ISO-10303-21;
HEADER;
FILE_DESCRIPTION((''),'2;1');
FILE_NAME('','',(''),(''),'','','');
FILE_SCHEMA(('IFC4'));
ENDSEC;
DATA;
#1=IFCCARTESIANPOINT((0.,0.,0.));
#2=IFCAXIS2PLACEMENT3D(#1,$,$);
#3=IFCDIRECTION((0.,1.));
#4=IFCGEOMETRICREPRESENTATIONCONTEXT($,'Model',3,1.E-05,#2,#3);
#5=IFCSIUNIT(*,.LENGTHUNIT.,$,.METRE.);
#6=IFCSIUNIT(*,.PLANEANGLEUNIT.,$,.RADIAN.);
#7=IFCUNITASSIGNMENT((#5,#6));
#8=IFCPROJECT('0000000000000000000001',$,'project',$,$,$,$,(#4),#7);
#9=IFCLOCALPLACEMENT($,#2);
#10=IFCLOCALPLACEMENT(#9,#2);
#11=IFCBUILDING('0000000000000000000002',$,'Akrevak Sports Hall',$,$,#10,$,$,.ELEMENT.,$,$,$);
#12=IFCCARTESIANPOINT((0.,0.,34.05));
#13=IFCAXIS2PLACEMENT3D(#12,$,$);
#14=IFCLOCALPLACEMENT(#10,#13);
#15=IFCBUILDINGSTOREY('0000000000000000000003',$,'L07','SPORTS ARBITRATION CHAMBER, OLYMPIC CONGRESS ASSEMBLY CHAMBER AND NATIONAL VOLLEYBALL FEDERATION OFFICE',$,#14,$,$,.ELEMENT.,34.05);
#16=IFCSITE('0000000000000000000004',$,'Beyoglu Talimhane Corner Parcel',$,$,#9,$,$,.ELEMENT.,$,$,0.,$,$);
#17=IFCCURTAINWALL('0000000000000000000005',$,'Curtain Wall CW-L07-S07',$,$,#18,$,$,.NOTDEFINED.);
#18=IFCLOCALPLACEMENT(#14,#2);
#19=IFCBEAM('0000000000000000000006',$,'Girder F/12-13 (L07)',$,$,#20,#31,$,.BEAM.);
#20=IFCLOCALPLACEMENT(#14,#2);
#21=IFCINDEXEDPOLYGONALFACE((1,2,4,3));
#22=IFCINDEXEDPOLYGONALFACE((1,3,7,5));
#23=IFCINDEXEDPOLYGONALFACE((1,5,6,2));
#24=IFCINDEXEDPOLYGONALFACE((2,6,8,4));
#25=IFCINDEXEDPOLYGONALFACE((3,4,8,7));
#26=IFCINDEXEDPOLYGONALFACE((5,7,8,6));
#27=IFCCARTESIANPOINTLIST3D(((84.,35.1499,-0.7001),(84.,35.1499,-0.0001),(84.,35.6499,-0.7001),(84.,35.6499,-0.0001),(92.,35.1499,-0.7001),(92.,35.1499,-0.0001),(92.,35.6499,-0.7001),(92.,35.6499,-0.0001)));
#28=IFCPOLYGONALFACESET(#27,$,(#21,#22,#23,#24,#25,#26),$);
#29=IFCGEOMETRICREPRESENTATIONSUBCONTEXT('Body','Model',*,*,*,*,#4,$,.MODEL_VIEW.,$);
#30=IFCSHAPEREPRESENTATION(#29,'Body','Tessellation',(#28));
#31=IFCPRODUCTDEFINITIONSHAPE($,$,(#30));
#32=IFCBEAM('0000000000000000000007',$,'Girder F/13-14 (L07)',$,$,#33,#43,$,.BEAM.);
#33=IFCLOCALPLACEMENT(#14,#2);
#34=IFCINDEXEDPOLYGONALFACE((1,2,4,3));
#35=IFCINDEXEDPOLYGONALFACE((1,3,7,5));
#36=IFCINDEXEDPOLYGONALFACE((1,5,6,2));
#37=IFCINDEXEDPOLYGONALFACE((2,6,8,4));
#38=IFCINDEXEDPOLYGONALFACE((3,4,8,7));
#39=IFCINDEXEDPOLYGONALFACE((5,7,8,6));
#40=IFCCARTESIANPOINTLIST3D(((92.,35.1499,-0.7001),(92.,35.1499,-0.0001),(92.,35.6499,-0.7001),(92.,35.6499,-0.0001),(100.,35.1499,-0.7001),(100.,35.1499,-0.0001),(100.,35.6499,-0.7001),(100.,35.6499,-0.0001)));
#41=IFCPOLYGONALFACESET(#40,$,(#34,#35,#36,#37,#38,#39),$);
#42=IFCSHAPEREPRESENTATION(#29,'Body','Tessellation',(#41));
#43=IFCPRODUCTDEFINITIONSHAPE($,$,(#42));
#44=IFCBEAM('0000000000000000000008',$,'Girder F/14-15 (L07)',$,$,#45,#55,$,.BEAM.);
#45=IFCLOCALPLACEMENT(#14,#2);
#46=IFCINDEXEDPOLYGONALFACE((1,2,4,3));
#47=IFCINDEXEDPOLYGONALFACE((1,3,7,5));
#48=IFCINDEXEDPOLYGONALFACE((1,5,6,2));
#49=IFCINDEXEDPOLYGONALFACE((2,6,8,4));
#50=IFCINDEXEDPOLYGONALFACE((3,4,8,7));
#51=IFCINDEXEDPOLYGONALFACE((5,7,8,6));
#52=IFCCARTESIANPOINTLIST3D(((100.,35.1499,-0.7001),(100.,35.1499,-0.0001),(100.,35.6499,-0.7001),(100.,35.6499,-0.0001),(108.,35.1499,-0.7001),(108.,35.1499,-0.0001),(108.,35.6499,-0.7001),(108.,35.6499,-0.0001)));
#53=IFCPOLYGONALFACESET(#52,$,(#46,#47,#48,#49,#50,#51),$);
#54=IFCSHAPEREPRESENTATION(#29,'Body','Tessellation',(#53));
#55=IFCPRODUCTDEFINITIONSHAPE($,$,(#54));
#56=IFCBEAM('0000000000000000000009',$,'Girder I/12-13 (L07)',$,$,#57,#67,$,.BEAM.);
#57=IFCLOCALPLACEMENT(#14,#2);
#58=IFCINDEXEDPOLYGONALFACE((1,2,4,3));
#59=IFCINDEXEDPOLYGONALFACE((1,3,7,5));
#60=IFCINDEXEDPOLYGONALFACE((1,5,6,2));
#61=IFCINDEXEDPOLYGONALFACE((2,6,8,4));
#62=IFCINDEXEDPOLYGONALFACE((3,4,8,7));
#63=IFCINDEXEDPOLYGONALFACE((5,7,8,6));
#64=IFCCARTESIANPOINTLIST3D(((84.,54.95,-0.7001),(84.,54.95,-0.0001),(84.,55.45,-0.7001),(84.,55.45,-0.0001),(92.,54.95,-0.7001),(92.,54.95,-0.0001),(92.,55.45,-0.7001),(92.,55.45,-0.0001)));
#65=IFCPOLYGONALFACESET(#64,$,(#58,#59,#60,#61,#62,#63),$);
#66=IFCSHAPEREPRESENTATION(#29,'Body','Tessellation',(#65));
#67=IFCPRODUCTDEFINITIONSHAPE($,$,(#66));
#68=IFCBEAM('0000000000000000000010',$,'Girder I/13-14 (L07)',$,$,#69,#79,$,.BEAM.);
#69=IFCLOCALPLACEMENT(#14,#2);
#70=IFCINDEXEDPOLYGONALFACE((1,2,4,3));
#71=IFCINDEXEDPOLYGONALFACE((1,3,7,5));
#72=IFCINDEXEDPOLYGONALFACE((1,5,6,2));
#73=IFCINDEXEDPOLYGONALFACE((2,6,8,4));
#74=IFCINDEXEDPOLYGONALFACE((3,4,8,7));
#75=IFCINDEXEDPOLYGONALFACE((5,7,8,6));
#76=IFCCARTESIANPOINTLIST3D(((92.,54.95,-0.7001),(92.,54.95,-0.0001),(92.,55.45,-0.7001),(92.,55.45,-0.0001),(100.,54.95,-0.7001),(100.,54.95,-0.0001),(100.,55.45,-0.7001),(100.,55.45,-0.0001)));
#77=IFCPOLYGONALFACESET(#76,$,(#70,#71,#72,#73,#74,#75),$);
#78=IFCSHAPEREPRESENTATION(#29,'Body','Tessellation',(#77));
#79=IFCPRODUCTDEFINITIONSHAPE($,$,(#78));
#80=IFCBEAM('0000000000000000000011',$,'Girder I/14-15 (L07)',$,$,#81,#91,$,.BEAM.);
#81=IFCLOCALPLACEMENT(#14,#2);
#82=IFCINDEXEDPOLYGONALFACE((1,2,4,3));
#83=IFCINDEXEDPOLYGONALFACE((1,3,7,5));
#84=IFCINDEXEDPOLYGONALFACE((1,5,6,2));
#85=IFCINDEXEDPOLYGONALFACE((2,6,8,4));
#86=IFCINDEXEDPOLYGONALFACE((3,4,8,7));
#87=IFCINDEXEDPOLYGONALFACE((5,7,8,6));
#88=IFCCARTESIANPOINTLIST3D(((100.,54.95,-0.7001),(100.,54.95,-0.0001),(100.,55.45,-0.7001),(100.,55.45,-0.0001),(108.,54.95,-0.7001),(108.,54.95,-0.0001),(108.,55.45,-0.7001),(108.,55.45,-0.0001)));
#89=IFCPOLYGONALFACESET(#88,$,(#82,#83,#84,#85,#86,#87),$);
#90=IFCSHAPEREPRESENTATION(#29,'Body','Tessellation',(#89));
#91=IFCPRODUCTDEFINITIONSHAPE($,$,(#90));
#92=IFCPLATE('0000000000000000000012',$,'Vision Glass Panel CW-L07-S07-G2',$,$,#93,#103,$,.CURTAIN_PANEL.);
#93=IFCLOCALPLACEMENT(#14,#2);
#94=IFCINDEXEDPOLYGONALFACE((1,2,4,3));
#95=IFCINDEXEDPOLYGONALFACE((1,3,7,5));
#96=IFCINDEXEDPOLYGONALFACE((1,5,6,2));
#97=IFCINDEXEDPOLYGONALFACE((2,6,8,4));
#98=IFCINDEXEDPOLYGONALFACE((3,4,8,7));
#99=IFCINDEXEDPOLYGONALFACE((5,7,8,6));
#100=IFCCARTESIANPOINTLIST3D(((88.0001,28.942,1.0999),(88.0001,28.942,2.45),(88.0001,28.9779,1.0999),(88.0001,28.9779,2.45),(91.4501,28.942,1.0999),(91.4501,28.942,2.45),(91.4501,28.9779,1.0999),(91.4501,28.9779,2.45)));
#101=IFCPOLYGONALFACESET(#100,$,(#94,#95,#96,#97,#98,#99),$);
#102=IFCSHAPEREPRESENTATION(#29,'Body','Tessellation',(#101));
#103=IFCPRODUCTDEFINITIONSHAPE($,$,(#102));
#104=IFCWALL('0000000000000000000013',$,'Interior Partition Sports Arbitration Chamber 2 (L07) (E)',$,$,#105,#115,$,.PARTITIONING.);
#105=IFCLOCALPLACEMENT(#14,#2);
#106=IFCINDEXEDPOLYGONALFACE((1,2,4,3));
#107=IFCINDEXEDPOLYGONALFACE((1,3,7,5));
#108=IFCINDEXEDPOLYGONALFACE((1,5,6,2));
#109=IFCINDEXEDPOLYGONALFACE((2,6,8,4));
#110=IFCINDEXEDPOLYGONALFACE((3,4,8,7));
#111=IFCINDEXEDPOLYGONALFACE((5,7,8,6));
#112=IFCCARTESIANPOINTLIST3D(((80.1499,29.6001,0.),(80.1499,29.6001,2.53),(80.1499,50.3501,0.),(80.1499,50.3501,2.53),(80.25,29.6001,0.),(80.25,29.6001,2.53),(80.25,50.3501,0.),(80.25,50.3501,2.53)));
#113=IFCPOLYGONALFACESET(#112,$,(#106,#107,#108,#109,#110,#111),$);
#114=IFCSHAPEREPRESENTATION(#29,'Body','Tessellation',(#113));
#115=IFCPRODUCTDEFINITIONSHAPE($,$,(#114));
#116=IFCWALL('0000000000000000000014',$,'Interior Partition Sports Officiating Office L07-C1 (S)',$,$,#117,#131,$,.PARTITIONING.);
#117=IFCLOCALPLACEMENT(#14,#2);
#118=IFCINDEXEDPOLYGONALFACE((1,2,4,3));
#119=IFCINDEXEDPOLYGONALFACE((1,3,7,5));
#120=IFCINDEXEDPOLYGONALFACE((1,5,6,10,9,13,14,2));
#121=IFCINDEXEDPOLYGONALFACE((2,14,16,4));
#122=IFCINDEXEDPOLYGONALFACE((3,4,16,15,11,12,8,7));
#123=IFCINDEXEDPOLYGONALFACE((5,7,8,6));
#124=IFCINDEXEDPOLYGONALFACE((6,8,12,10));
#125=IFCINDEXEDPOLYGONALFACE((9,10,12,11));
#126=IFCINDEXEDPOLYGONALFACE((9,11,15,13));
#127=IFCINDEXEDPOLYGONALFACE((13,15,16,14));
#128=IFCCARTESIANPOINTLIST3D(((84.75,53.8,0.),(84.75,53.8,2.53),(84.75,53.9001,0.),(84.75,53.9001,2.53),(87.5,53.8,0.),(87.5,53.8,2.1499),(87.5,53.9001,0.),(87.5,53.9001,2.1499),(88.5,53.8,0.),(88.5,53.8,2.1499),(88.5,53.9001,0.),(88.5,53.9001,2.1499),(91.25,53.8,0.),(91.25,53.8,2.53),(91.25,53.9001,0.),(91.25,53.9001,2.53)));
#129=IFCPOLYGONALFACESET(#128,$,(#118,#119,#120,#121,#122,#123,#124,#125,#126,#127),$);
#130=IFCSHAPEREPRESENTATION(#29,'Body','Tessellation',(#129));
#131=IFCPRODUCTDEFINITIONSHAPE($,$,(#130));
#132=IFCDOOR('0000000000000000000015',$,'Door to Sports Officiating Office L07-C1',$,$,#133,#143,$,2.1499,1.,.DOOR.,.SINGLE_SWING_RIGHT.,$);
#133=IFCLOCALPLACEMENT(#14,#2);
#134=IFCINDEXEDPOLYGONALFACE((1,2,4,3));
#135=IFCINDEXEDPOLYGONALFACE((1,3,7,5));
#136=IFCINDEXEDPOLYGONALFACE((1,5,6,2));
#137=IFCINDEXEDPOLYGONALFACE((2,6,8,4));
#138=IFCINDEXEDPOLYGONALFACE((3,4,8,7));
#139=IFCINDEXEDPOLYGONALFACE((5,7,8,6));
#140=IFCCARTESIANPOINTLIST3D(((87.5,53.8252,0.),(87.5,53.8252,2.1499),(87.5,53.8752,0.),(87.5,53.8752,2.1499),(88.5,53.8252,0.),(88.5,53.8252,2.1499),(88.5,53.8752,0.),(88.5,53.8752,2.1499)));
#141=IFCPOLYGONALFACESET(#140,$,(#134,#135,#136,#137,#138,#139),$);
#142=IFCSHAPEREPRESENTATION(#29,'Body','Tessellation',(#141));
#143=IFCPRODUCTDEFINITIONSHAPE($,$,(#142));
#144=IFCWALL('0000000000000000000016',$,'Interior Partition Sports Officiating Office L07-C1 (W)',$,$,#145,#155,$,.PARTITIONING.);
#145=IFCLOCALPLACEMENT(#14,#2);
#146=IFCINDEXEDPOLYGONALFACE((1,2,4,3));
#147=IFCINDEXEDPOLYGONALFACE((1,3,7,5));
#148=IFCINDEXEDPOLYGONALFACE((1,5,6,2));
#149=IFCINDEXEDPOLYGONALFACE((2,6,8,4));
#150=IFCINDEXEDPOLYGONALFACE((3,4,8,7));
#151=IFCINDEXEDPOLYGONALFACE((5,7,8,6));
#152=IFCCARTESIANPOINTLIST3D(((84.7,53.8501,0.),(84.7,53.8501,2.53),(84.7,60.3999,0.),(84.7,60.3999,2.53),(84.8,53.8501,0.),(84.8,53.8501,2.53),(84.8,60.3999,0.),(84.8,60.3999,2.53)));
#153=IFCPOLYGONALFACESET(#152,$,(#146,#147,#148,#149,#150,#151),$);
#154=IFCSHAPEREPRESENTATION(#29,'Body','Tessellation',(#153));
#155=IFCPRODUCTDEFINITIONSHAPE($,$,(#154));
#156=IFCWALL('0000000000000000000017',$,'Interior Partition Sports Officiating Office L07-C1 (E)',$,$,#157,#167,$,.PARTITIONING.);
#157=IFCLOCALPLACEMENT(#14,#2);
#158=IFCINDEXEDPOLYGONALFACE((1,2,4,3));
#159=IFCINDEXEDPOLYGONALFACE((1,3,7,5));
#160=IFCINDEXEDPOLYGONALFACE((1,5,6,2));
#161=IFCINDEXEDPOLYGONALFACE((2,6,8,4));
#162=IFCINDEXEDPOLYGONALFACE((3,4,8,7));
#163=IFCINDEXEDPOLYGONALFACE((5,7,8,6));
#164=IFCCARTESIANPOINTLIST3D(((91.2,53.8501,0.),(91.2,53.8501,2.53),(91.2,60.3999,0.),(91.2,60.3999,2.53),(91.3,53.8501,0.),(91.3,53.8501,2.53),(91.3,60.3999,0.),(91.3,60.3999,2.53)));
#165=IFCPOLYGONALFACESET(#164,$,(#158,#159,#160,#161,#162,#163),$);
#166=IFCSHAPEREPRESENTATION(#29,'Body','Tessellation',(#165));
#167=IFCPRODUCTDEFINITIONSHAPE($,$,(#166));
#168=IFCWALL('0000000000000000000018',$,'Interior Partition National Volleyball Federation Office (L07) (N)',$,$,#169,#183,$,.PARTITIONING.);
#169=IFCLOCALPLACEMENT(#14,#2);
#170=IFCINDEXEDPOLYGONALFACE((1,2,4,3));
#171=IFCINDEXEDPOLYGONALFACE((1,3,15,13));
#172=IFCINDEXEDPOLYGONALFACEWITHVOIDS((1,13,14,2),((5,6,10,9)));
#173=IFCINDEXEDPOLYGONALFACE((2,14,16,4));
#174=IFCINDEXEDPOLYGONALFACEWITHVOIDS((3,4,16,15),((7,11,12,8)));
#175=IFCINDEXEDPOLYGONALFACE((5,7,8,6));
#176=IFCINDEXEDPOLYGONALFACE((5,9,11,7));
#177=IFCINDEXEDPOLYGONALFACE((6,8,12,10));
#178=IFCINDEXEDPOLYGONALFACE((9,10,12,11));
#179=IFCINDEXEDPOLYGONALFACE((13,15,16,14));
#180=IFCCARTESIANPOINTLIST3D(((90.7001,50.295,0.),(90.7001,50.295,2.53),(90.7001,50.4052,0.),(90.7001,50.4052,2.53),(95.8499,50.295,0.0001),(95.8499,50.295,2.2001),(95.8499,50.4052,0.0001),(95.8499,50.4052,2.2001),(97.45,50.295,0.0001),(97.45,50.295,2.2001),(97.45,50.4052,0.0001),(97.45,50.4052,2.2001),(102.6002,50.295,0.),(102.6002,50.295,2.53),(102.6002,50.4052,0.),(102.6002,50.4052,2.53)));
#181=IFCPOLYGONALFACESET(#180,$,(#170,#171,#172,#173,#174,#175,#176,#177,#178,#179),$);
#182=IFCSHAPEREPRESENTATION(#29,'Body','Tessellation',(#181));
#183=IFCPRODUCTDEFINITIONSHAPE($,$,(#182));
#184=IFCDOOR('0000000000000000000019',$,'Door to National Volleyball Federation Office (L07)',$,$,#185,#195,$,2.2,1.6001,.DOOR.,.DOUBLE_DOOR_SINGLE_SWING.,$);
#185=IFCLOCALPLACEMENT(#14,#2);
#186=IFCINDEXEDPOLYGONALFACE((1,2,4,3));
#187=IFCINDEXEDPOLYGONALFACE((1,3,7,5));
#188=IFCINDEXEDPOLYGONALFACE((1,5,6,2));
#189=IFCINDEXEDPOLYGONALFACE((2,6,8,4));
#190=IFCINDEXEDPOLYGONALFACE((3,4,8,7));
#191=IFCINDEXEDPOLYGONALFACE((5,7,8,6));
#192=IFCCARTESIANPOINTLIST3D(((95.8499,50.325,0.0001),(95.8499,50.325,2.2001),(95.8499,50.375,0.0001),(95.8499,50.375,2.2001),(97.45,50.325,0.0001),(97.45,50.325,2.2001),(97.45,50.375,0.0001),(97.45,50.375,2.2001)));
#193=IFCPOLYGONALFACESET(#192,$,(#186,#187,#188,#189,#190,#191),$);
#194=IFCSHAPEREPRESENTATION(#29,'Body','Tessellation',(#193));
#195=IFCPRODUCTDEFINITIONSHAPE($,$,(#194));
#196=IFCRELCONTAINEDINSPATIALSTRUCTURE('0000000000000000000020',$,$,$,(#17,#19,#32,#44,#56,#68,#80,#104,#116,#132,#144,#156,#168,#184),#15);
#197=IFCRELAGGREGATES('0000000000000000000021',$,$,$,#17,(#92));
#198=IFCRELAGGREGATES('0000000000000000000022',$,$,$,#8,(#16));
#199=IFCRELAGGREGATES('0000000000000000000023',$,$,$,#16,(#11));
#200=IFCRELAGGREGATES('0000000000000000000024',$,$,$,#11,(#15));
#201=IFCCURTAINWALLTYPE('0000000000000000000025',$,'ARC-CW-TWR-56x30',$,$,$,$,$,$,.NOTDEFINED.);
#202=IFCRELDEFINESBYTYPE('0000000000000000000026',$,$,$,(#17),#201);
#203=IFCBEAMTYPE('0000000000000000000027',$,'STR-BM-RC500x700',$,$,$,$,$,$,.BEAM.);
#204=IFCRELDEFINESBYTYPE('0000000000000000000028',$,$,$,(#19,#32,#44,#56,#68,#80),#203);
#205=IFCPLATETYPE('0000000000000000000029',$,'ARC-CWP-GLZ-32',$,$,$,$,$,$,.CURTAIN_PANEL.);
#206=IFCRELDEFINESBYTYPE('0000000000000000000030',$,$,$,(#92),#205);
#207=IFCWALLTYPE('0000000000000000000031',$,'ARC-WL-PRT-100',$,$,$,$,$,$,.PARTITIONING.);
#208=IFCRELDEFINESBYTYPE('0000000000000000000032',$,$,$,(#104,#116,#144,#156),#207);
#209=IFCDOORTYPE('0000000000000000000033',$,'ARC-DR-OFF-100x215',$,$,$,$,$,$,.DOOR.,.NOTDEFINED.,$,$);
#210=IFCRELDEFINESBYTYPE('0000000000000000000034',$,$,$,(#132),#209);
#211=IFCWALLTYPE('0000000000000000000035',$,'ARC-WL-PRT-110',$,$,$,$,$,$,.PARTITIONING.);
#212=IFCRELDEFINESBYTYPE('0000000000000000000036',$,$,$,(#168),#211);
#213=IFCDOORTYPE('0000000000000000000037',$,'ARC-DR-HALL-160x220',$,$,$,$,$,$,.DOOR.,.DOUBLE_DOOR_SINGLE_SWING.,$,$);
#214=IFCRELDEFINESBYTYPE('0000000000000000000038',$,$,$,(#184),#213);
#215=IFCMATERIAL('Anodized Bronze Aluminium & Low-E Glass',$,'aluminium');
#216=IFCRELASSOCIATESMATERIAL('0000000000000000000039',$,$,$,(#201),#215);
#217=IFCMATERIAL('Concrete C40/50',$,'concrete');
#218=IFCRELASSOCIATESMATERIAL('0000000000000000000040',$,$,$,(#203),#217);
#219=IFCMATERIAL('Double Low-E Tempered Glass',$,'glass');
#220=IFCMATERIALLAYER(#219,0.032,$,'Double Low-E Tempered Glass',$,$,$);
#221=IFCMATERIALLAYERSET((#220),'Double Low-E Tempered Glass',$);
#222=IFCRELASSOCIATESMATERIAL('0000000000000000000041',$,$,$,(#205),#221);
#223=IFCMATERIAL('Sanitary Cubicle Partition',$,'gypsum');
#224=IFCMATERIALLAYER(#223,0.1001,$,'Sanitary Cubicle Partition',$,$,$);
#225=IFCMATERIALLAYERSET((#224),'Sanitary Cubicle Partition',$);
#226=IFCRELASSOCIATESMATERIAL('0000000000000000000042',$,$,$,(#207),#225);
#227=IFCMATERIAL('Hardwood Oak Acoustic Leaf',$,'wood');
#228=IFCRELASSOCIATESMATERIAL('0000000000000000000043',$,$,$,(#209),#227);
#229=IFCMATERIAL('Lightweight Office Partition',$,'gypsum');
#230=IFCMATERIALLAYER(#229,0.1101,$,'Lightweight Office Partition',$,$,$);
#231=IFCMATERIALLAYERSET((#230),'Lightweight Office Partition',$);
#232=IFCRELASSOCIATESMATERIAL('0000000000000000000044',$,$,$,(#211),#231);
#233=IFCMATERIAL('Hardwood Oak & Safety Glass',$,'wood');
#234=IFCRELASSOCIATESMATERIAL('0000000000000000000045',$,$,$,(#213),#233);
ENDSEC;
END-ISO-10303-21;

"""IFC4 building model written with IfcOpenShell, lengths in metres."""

from ifc_helpers import new_model, si_unit, direction, frame, frame_2d, origin, origin_2d, place, context, subcontext, project, spatial, rectangle, extrude, material, layer, layer_set, material_profile, profile_set, type_object, element, fill, aggregate, save


model = new_model("IFC4")

# Units and contexts
model_context = context("Model", 3, precision=1e-05, world=origin(), true_north=direction((0.0, 1.0)))
body_context = subcontext(model_context, "Body", "Model", "MODEL_VIEW")
ifc_project = project(units=[si_unit("LENGTHUNIT", "METRE"), si_unit("PLANEANGLEUNIT", "RADIAN")], contexts=[model_context])

# Site, building, storey
site_placement = place(None, origin())
site = spatial("IfcSite", under=ifc_project, at=site_placement, Name="Beyoglu Talimhane Corner Parcel", CompositionType="ELEMENT", RefElevation=0.0)
building_placement = place(site_placement, origin())
building = spatial("IfcBuilding", under=site, at=building_placement, Name="Akrevak Sports Hall", CompositionType="ELEMENT")
storey_placement = place(building_placement, frame((0.0, 0.0, 34.05)))
storey = spatial("IfcBuildingStorey", under=building, at=storey_placement, Name="L07", Description="SPORTS ARBITRATION CHAMBER, OLYMPIC CONGRESS ASSEMBLY CHAMBER AND NATIONAL VOLLEYBALL FEDERATION OFFICE", CompositionType="ELEMENT", Elevation=34.05)

# Shared definitions
ifc_material_1 = material(Name="Concrete C40/50", Category="concrete")

# Curtain wall
ifc_material_2 = material(Name="Anodized Bronze Aluminium & Low-E Glass", Category="aluminium")
curtain_wall_type = type_object("IfcCurtainWallType", Name="ARC-CW-TWR-56x30", PredefinedType="NOTDEFINED", material=ifc_material_2)
curtain_wall_placement = place(storey_placement, origin())
curtain_wall = element("IfcCurtainWall", 1, at=curtain_wall_placement, inside=storey, type_object=curtain_wall_type, Name="Curtain Wall CW-L07-S07", PredefinedType="NOTDEFINED")

# Beams
ifc_material_profile_1 = material_profile(ifc_material_1, rectangle(XDim=0.5, YDim=0.7, at=origin_2d()), Name="BM 500x700", Category="concrete")
ifc_profile_set_1 = profile_set([ifc_material_profile_1], Name="Concrete C40/50")
beam_type_1 = type_object("IfcBeamType", Name="STR-BM-RC500x700", PredefinedType="BEAM", material=ifc_profile_set_1)
for number, where, z_axis, x_axis, name in (
    (2, (84.0, 35.3999, -0.3501), (1.0, 0.0, 0.0), (0.0, 1.0, 0.0), "Girder F/12-13 (L07)"),
    (3, (92.0, 35.3999, -0.3501), (1.0, 0.0, 0.0), (0.0, 1.0, 0.0), "Girder F/13-14 (L07)"),
    (4, (100.0, 35.3999, -0.3501), (1.0, 0.0, 0.0), (0.0, 1.0, 0.0), "Girder F/14-15 (L07)"),
    (5, (84.0, 55.2, -0.3501), (1.0, 0.0, 0.0), (0.0, 1.0, 0.0), "Girder I/12-13 (L07)"),
    (6, (92.0, 55.2, -0.3501), (1.0, 0.0, 0.0), (0.0, 1.0, 0.0), "Girder I/13-14 (L07)"),
    (7, (100.0, 55.2, -0.3501), (1.0, 0.0, 0.0), (0.0, 1.0, 0.0), "Girder I/14-15 (L07)"),
):
    element("IfcBeam", number, at=place(storey_placement, frame(where, z_axis=z_axis, x_axis=x_axis)), inside=storey, type_object=beam_type_1, Name=name, PredefinedType="BEAM", context=body_context, shape_type="SweptSolid", body=[
        extrude(rectangle(XDim=0.5, YDim=0.7, at=origin_2d()), origin(), (0.0, 0.0, 1.0), 8.0),
    ])

# Plate
ifc_material_3 = material(Name="Double Low-E Tempered Glass", Category="glass")
ifc_layer_1 = layer(ifc_material_3, 0.032, Name="Double Low-E Tempered Glass")
ifc_layer_set_1 = layer_set([ifc_layer_1], Name="Double Low-E Tempered Glass")
plate_type = type_object("IfcPlateType", Name="ARC-CWP-GLZ-32", PredefinedType="CURTAIN_PANEL", material=ifc_layer_set_1)
plate_placement = place(storey_placement, frame((89.7251, 28.96, 1.0999), z_axis=(0.0, 0.0, 1.0), x_axis=(1.0, 0.0, 0.0)))
plate = element("IfcPlate", 8, at=plate_placement, type_object=plate_type, Name="Vision Glass Panel CW-L07-S07-G2", PredefinedType="CURTAIN_PANEL", context=body_context, shape_type="SweptSolid", body=[
    extrude(rectangle(XDim=3.45, YDim=0.0359, at=origin_2d()), origin(), (0.0, 0.0, 1.0), 1.3501),
])
aggregate(curtain_wall, [plate])

# Wall
ifc_material_4 = material(Name="Sanitary Cubicle Partition", Category="gypsum")
ifc_layer_2 = layer(ifc_material_4, 0.1001, Name="Sanitary Cubicle Partition")
ifc_layer_set_2 = layer_set([ifc_layer_2], Name="Sanitary Cubicle Partition")
wall_type_1 = type_object("IfcWallType", Name="ARC-WL-PRT-100", PredefinedType="PARTITIONING", material=ifc_layer_set_2)
wall_1_placement = place(storey_placement, frame((80.2, 29.6001, 0.0), z_axis=(0.0, 0.0, 1.0), x_axis=(0.0, 1.0, 0.0)))
element("IfcWall", 9, at=wall_1_placement, inside=storey, type_object=wall_type_1, Name="Interior Partition Sports Arbitration Chamber 2 (L07) (E)", PredefinedType="PARTITIONING", context=body_context, shape_type="SweptSolid", body=[
    extrude(rectangle(XDim=20.75, YDim=0.1001, at=frame_2d((10.375, 0.0))), origin(), (0.0, 0.0, 1.0), 2.53),
])

# Wall, opening, door
wall_2_placement = place(storey_placement, frame((84.75, 53.8501, 0.0), z_axis=(0.0, 0.0, 1.0), x_axis=(1.0, 0.0, 0.0)))
wall_2 = element("IfcWall", 10, at=wall_2_placement, inside=storey, type_object=wall_type_1, Name="Interior Partition Sports Officiating Office L07-C1 (S)", PredefinedType="PARTITIONING", context=body_context, shape_type="SweptSolid", body=[
    extrude(rectangle(XDim=6.5, YDim=0.1001, at=frame_2d((3.25, 0.0))), origin(), (0.0, 0.0, 1.0), 2.53),
])
opening_1_placement = place(wall_2_placement, frame((2.75, 0.0, 0.0)))
opening_1 = element("IfcOpeningElement", 11, at=opening_1_placement, cuts=wall_2, PredefinedType="OPENING", context=body_context, shape_type="SweptSolid", body=[
    extrude(rectangle(XDim=1.0, YDim=2.1499, at=frame_2d((0.5, 1.075))), frame((0.0, 0.062, 0.0), z_axis=(0.0, -1.0, 0.0), x_axis=(1.0, 0.0, 0.0)), (0.0, 0.0, 1.0), 0.124),
])
ifc_material_5 = material(Name="Hardwood Oak Acoustic Leaf", Category="wood")
door_type_1 = type_object("IfcDoorType", Name="ARC-DR-OFF-100x215", OperationType="NOTDEFINED", PredefinedType="DOOR", material=ifc_material_5)
door_1_placement = place(opening_1_placement, frame((1.0, 0.0, 0.0), z_axis=(0.0, 0.0, 1.0), x_axis=(-1.0, 0.0, 0.0)))
door_1 = element("IfcDoor", 12, at=door_1_placement, inside=storey, type_object=door_type_1, Name="Door to Sports Officiating Office L07-C1", OperationType="SINGLE_SWING_RIGHT", OverallHeight=2.1499, OverallWidth=1.0, PredefinedType="DOOR", context=body_context, shape_type="SweptSolid", body=[
    extrude(rectangle(XDim=1.0, YDim=2.1499, at=frame_2d((0.5, 1.075))), frame((0.0, 0.0249, 0.0), z_axis=(0.0, -1.0, 0.0), x_axis=(1.0, 0.0, 0.0)), (0.0, 0.0, 1.0), 0.05),
])
fill(opening_1, door_1)

# Walls
for number, where, z_axis, x_axis, name in (
    (13, (84.75, 53.8501, 0.0), (0.0, 0.0, 1.0), (0.0, 1.0, 0.0), "Interior Partition Sports Officiating Office L07-C1 (W)"),
    (14, (91.25, 53.8501, 0.0), (0.0, 0.0, 1.0), (0.0, 1.0, 0.0), "Interior Partition Sports Officiating Office L07-C1 (E)"),
):
    element("IfcWall", number, at=place(storey_placement, frame(where, z_axis=z_axis, x_axis=x_axis)), inside=storey, type_object=wall_type_1, Name=name, PredefinedType="PARTITIONING", context=body_context, shape_type="SweptSolid", body=[
        extrude(rectangle(XDim=6.5498, YDim=0.1001, at=frame_2d((3.2749, 0.0))), origin(), (0.0, 0.0, 1.0), 2.53),
    ])

# Wall, opening, door
ifc_material_6 = material(Name="Lightweight Office Partition", Category="gypsum")
ifc_layer_3 = layer(ifc_material_6, 0.1101, Name="Lightweight Office Partition")
ifc_layer_set_3 = layer_set([ifc_layer_3], Name="Lightweight Office Partition")
wall_type_2 = type_object("IfcWallType", Name="ARC-WL-PRT-110", PredefinedType="PARTITIONING", material=ifc_layer_set_3)
wall_3_placement = place(storey_placement, frame((90.7, 50.3501, 0.0), z_axis=(0.0, 0.0, 1.0), x_axis=(1.0, 0.0, 0.0)))
wall_3 = element("IfcWall", 15, at=wall_3_placement, inside=storey, type_object=wall_type_2, Name="Interior Partition National Volleyball Federation Office (L07) (N)", PredefinedType="PARTITIONING", context=body_context, shape_type="SweptSolid", body=[
    extrude(rectangle(XDim=11.9001, YDim=0.1101, at=frame_2d((5.9502, 0.0))), origin(), (0.0, 0.0, 1.0), 2.53),
])
opening_2_placement = place(wall_3_placement, frame((5.1499, 0.0, 0.0)))
opening_2 = element("IfcOpeningElement", 16, at=opening_2_placement, cuts=wall_3, PredefinedType="OPENING", context=body_context, shape_type="SweptSolid", body=[
    extrude(rectangle(XDim=1.6001, YDim=2.2, at=frame_2d((0.8, 1.1001))), frame((0.0, 0.0669, 0.0), z_axis=(0.0, -1.0, 0.0), x_axis=(1.0, 0.0, 0.0)), (0.0, 0.0, 1.0), 0.134),
])
ifc_material_7 = material(Name="Hardwood Oak & Safety Glass", Category="wood")
door_type_2 = type_object("IfcDoorType", Name="ARC-DR-HALL-160x220", OperationType="DOUBLE_DOOR_SINGLE_SWING", PredefinedType="DOOR", material=ifc_material_7)
door_2_placement = place(opening_2_placement, origin())
door_2 = element("IfcDoor", 17, at=door_2_placement, inside=storey, type_object=door_type_2, Name="Door to National Volleyball Federation Office (L07)", OperationType="DOUBLE_DOOR_SINGLE_SWING", OverallHeight=2.2, OverallWidth=1.6001, PredefinedType="DOOR", context=body_context, shape_type="SweptSolid", body=[
    extrude(rectangle(XDim=1.6001, YDim=2.2, at=frame_2d((0.8, 1.1001))), frame((0.0, 0.0249, 0.0), z_axis=(0.0, -1.0, 0.0), x_axis=(1.0, 0.0, 0.0)), (0.0, 0.0, 1.0), 0.05),
])
fill(opening_2, door_2)

save(model, "model.ifc")
